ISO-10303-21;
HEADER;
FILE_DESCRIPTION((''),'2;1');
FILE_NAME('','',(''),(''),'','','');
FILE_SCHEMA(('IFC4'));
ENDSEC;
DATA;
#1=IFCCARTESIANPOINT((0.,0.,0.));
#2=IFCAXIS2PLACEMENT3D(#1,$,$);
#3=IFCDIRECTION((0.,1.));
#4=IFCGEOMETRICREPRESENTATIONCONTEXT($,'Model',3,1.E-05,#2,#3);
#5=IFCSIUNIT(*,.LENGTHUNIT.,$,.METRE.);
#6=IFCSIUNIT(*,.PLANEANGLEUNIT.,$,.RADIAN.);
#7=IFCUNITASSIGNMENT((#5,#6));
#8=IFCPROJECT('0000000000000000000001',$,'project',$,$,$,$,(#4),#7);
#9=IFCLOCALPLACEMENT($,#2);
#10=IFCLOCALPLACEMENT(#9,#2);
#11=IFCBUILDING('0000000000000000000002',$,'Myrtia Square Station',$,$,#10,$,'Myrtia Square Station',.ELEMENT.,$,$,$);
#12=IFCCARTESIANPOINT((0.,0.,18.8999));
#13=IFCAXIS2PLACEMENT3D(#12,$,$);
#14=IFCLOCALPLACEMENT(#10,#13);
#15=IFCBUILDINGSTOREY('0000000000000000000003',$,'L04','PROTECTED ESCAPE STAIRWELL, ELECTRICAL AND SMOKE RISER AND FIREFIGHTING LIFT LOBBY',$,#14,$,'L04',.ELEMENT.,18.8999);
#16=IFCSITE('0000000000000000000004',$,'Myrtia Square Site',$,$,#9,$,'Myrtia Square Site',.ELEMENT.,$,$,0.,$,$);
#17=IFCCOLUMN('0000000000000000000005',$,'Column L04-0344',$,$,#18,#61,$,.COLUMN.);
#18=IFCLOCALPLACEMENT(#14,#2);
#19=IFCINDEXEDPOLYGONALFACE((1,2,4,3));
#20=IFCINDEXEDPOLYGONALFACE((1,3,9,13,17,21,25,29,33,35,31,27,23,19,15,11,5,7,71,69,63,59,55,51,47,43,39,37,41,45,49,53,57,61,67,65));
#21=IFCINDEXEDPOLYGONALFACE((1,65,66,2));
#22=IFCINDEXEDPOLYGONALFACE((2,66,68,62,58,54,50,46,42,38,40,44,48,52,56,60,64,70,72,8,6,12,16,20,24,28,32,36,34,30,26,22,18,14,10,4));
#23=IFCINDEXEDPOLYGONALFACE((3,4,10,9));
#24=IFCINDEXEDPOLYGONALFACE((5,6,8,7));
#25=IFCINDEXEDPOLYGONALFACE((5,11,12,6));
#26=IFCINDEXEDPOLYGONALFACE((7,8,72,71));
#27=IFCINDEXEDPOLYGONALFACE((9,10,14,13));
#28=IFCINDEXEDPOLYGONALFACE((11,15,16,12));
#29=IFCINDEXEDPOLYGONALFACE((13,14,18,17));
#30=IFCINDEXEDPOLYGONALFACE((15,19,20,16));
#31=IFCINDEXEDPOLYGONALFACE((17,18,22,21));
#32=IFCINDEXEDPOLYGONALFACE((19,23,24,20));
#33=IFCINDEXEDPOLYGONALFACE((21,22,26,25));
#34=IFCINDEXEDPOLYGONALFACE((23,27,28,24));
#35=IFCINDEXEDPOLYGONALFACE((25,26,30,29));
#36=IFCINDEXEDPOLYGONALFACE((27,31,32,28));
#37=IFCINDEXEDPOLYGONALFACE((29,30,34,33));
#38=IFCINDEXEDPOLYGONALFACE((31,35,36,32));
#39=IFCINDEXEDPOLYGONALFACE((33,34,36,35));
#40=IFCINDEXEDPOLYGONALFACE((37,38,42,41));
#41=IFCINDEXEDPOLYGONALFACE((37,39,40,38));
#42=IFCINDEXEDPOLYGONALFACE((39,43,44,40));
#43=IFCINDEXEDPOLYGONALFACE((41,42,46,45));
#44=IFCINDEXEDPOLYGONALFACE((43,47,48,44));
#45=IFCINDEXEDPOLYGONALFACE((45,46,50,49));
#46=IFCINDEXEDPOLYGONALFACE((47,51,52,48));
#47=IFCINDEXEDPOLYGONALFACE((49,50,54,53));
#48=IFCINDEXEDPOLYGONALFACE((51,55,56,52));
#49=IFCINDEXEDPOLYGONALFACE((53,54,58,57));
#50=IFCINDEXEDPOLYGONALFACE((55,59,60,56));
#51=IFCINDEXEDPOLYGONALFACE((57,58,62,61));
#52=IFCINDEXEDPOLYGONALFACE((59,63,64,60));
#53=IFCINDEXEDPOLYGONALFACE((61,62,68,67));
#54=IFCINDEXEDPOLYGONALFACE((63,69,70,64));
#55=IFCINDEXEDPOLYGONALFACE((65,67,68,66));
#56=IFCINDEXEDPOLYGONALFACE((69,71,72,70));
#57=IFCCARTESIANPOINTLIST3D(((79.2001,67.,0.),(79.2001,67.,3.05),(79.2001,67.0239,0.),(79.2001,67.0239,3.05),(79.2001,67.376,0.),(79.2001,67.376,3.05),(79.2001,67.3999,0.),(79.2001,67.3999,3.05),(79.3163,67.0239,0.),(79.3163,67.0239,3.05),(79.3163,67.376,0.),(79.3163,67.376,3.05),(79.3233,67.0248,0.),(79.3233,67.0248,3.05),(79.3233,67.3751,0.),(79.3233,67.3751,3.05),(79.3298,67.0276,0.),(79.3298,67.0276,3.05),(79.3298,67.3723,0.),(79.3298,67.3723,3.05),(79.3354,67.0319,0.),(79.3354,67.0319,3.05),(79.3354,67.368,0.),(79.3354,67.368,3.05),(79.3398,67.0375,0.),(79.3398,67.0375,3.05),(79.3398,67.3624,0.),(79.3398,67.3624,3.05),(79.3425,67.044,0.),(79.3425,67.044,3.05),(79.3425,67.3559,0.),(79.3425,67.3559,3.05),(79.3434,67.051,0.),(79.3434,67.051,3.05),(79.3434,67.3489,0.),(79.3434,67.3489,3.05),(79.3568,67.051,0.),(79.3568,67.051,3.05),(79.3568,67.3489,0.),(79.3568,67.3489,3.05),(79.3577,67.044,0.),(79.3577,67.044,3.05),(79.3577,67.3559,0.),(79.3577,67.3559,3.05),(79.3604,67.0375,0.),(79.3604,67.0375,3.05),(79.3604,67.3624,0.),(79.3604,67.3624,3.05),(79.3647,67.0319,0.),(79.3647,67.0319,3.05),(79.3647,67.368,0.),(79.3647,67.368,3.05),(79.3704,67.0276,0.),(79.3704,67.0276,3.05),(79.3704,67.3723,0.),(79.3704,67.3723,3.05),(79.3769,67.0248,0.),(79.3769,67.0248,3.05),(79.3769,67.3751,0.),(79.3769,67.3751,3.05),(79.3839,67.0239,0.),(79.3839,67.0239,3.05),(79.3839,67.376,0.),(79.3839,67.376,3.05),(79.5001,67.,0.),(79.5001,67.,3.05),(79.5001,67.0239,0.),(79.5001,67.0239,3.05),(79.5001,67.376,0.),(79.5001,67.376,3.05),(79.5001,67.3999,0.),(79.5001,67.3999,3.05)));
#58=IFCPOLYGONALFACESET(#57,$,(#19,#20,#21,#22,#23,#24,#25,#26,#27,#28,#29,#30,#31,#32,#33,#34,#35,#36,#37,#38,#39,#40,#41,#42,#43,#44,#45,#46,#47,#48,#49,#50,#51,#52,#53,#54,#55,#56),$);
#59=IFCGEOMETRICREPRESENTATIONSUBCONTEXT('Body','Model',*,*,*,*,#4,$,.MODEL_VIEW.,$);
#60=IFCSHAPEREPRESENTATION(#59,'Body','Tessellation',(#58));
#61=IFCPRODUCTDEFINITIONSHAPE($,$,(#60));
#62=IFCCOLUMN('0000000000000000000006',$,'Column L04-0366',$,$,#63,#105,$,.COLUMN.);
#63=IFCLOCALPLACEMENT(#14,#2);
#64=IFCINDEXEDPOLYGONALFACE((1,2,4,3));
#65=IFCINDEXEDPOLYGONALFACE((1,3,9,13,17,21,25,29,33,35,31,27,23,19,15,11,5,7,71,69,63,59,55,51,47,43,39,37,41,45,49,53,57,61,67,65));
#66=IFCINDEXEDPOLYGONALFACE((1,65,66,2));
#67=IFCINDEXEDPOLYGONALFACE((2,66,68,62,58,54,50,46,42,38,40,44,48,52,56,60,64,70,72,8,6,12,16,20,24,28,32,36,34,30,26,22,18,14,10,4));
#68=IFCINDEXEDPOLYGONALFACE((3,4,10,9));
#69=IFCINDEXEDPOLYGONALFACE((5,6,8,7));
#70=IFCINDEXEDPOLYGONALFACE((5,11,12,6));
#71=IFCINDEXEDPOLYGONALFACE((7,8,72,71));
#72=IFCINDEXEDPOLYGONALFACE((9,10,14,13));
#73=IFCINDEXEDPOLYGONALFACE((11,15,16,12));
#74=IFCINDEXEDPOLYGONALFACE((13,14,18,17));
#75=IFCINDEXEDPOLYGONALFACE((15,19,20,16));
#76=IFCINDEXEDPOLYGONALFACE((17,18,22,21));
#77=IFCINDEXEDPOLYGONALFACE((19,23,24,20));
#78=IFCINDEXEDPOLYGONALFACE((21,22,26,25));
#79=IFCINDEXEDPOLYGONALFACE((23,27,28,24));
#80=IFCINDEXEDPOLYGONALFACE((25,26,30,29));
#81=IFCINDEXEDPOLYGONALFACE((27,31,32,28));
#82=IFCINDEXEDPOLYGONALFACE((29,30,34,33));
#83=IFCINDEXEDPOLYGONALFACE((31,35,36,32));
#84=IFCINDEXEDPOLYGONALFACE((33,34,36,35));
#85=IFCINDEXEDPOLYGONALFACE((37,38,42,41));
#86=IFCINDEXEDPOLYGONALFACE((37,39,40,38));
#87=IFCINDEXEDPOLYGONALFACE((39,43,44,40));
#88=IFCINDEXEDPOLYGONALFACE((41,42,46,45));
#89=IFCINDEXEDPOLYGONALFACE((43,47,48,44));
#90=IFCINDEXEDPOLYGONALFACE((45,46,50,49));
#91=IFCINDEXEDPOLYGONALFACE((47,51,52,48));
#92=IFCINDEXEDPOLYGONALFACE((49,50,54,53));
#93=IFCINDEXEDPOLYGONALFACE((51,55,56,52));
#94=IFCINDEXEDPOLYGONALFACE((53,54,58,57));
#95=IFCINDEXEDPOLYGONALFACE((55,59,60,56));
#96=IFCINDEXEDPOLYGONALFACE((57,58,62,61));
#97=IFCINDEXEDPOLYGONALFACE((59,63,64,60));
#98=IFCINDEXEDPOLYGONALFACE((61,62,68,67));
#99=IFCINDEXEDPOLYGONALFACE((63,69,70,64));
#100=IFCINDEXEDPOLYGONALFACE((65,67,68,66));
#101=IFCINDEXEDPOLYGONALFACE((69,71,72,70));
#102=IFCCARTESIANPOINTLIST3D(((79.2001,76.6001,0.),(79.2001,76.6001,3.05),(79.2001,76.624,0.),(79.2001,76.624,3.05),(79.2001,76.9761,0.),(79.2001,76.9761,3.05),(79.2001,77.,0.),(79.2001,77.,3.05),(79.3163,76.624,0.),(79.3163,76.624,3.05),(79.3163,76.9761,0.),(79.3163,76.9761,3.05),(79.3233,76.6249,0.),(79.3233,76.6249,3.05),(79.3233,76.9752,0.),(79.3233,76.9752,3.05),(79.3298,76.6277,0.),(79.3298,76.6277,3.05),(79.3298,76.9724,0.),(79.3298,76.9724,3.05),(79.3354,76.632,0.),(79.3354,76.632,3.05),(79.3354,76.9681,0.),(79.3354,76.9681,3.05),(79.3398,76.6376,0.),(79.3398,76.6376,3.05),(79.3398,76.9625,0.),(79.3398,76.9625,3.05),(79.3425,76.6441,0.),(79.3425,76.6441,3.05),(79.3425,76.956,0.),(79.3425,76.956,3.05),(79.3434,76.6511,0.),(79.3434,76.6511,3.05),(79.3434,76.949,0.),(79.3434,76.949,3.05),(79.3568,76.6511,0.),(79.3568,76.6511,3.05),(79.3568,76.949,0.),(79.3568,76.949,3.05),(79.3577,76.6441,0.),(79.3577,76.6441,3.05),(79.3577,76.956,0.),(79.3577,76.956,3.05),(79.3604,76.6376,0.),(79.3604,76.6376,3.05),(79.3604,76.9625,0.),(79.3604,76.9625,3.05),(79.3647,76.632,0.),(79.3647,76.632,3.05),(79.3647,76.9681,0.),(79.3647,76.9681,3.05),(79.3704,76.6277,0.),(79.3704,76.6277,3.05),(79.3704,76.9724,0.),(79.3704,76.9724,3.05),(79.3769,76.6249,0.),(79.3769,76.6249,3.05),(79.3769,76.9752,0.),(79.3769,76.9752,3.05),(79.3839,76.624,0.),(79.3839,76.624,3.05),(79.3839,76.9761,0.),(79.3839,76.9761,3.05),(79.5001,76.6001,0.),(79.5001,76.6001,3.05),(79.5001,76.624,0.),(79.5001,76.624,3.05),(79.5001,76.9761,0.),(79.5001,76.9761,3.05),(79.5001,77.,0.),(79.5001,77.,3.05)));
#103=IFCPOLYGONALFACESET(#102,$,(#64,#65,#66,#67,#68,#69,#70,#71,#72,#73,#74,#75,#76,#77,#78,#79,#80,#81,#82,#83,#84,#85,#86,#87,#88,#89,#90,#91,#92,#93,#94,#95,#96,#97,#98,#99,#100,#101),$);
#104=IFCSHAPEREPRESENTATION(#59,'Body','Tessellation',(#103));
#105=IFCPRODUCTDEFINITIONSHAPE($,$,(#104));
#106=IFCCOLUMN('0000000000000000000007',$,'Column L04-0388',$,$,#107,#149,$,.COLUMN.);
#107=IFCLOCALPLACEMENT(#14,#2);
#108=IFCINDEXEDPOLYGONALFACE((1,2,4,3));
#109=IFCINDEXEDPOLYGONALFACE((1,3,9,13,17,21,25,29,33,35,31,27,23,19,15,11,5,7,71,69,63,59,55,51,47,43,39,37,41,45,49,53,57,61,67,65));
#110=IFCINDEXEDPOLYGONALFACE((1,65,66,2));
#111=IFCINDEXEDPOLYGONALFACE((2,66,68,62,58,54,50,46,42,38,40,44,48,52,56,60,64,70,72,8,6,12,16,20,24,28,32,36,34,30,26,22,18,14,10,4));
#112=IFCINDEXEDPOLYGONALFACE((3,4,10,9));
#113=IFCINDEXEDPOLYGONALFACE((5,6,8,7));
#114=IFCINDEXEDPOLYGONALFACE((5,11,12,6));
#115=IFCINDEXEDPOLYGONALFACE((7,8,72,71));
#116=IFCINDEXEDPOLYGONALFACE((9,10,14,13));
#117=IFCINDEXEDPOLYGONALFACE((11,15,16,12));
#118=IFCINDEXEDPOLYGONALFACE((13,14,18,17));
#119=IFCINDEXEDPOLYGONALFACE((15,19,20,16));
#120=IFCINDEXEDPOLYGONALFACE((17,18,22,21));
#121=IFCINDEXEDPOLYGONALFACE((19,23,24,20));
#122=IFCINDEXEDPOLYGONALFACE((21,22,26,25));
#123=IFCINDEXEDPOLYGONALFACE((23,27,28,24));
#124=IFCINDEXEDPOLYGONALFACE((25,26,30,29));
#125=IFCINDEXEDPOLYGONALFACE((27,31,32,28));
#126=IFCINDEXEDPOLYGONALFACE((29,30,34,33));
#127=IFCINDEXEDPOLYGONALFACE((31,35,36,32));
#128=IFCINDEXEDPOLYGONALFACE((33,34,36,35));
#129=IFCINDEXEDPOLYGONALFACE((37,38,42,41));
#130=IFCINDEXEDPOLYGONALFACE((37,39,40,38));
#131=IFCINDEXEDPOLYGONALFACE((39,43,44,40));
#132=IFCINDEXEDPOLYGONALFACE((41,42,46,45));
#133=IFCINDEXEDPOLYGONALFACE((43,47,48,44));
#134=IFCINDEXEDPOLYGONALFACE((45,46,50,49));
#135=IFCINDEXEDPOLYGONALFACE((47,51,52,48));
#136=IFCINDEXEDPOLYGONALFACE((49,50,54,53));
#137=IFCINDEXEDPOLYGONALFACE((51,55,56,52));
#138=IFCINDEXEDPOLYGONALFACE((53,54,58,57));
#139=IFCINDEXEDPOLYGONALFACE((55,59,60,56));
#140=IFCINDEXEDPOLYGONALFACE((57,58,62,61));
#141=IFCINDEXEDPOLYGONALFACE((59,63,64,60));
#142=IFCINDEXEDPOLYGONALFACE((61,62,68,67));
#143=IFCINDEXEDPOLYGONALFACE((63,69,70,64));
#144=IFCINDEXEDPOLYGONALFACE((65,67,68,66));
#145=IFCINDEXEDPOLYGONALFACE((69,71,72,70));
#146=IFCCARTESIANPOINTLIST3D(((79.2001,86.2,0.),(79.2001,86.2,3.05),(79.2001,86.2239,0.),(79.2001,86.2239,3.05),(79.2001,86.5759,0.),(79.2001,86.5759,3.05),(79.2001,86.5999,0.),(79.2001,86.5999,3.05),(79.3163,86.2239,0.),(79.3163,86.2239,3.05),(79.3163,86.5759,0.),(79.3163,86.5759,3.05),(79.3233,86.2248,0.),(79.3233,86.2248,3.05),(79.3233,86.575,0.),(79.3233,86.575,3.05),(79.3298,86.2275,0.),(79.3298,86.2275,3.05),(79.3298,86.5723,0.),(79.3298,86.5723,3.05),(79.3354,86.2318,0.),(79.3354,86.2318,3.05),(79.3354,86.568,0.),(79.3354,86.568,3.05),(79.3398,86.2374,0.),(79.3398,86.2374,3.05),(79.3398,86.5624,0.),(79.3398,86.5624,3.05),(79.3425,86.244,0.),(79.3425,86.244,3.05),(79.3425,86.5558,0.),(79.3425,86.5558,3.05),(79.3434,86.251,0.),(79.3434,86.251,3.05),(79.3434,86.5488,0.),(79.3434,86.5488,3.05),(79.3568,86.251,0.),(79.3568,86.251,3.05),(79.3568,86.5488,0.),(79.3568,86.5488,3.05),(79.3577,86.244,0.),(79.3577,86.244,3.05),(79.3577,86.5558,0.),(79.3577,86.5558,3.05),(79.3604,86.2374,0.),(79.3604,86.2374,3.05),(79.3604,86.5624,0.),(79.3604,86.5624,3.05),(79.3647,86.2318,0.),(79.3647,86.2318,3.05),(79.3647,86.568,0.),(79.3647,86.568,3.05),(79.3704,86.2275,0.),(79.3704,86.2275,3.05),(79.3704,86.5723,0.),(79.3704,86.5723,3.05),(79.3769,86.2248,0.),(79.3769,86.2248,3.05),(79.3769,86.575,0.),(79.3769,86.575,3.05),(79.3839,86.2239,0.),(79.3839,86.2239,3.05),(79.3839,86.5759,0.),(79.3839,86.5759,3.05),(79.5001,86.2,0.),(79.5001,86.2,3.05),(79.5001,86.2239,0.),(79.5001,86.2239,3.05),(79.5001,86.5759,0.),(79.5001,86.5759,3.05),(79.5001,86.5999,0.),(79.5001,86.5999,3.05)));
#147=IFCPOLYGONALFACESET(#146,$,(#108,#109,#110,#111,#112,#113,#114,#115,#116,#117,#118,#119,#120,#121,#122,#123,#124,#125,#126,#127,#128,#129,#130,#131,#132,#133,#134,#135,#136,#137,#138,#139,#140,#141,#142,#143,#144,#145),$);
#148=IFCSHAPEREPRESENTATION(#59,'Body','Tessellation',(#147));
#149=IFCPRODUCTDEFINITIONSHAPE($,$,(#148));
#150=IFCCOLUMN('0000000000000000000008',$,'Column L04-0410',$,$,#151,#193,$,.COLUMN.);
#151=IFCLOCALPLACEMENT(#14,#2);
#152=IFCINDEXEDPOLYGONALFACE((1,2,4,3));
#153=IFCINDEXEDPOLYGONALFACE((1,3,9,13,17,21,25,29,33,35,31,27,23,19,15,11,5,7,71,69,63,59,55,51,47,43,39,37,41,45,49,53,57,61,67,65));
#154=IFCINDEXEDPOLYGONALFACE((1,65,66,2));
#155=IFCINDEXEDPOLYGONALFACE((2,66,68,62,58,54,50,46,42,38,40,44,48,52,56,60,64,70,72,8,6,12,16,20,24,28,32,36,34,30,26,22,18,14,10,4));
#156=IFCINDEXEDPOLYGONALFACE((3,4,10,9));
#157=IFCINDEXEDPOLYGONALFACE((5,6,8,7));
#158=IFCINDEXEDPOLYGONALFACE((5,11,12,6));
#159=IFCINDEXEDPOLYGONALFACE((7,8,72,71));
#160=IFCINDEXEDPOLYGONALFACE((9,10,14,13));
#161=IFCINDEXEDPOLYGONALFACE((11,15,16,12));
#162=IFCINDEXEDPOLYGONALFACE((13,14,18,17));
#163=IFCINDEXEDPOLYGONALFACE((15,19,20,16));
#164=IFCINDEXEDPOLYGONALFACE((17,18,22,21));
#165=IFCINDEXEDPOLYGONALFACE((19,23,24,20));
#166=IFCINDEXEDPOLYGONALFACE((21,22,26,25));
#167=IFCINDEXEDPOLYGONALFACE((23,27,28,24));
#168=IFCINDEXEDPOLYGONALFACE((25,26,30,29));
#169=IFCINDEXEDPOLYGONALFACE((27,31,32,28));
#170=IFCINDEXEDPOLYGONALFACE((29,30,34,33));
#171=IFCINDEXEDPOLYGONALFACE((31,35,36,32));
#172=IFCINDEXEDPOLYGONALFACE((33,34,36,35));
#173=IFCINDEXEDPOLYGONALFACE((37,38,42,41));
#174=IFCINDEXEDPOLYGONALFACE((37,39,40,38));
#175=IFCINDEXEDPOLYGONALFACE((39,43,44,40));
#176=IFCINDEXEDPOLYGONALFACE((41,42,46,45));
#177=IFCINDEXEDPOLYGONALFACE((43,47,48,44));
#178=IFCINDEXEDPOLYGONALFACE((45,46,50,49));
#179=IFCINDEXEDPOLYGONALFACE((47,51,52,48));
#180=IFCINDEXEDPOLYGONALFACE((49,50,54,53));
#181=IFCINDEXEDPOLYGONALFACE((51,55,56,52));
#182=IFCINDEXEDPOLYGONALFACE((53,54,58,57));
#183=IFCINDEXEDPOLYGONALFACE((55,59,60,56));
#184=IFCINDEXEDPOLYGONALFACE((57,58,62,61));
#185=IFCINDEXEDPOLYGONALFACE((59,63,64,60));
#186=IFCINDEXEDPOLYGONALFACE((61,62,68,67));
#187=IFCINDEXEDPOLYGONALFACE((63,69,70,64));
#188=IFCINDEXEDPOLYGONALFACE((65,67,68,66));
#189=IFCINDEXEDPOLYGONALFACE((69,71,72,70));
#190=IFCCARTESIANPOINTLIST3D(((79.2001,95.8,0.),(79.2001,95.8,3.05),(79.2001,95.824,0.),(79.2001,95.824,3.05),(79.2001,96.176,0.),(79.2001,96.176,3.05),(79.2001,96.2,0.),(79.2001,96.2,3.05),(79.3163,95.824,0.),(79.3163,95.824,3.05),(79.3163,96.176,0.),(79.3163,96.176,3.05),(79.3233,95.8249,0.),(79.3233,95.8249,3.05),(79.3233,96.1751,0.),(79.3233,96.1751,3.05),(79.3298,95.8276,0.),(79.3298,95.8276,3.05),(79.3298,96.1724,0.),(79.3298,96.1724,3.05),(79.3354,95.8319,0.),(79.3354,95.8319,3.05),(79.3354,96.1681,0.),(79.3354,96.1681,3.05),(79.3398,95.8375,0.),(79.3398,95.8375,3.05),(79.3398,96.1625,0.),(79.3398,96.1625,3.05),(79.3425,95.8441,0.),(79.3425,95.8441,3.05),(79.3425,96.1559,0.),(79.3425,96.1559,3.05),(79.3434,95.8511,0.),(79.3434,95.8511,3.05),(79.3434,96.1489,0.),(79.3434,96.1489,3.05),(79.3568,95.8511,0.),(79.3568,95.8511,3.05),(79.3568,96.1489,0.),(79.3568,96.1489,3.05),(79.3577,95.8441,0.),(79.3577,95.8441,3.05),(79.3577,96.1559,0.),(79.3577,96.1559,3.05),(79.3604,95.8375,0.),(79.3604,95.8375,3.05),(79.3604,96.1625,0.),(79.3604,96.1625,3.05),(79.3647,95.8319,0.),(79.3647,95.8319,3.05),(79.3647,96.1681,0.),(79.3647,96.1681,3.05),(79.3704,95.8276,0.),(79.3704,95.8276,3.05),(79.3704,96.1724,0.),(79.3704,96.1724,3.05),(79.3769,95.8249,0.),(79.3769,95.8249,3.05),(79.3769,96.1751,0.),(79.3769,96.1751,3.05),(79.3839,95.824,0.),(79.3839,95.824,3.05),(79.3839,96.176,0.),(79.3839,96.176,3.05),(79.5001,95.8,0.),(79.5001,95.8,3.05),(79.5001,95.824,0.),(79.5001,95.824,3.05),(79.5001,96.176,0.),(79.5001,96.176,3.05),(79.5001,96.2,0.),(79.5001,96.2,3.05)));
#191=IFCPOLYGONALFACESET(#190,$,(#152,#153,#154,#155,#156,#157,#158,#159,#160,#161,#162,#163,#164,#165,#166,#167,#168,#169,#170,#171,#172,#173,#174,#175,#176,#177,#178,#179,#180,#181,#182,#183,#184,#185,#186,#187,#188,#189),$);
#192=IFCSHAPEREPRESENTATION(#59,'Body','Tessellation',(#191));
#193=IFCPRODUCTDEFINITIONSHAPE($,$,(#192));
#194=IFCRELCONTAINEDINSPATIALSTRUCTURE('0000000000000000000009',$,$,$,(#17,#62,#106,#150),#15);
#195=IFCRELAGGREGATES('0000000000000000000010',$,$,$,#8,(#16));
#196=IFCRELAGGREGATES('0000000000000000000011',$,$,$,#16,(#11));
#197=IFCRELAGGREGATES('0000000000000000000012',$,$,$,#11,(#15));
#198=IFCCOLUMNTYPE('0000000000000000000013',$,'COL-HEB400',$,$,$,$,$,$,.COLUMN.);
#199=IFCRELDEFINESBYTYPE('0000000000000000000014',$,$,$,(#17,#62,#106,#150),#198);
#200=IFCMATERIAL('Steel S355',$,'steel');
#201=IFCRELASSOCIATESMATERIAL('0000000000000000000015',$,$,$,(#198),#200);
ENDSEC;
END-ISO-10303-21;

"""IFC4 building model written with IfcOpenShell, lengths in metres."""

from ifc_helpers import new_model, si_unit, direction, frame, origin, origin_2d, place, context, subcontext, project, spatial, i_section, extrude, material, material_profile, profile_set, type_object, element, save


model = new_model("IFC4")

# Units and contexts
model_context = context("Model", 3, precision=1e-05, world=origin(), true_north=direction((0.0, 1.0)))
body_context = subcontext(model_context, "Body", "Model", "MODEL_VIEW")
ifc_project = project(units=[si_unit("LENGTHUNIT", "METRE"), si_unit("PLANEANGLEUNIT", "RADIAN")], contexts=[model_context])

# Site, building, storey
site_placement = place(None, origin())
site = spatial("IfcSite", under=ifc_project, at=site_placement, Name="Myrtia Square Site", LongName="Myrtia Square Site", CompositionType="ELEMENT", RefElevation=0.0)
building_placement = place(site_placement, origin())
building = spatial("IfcBuilding", under=site, at=building_placement, Name="Myrtia Square Station", LongName="Myrtia Square Station", CompositionType="ELEMENT")
storey_placement = place(building_placement, frame((0.0, 0.0, 18.8999)))
storey = spatial("IfcBuildingStorey", under=building, at=storey_placement, Name="L04", Description="PROTECTED ESCAPE STAIRWELL, ELECTRICAL AND SMOKE RISER AND FIREFIGHTING LIFT LOBBY", LongName="L04", CompositionType="ELEMENT", Elevation=18.8999)

# Columns
ifc_material_1 = material(Name="Steel S355", Category="steel")
ifc_material_profile_1 = material_profile(ifc_material_1, i_section(OverallWidth=0.3, OverallDepth=0.3999, WebThickness=0.0134, FlangeThickness=0.0239, FilletRadius=0.0271, at=origin_2d()), Name="HEB 400")
ifc_profile_set_1 = profile_set([ifc_material_profile_1], Name="Steel S355")
column_type = type_object("IfcColumnType", Name="COL-HEB400", PredefinedType="COLUMN", material=ifc_profile_set_1)
for number, where, z_axis, x_axis, name in (
    (1, (79.3501, 67.2, 0.0), (0.0, 0.0, 1.0), (1.0, 0.0, 0.0), "Column L04-0344"),
    (2, (79.3501, 76.8, 0.0), (0.0, 0.0, 1.0), (1.0, 0.0, 0.0), "Column L04-0366"),
    (3, (79.3501, 86.3999, 0.0), (0.0, 0.0, 1.0), (1.0, 0.0, 0.0), "Column L04-0388"),
    (4, (79.3501, 96.0, 0.0), (0.0, 0.0, 1.0), (1.0, 0.0, 0.0), "Column L04-0410"),
):
    element("IfcColumn", number, at=place(storey_placement, frame(where, z_axis=z_axis, x_axis=x_axis)), inside=storey, type_object=column_type, Name=name, PredefinedType="COLUMN", context=body_context, shape_type="SweptSolid", body=[
        extrude(i_section(OverallWidth=0.3, OverallDepth=0.3999, WebThickness=0.0134, FlangeThickness=0.0239, FilletRadius=0.0271, at=origin_2d()), origin(), (0.0, 0.0, 1.0), 3.05),
    ])

save(model, "model.ifc")
